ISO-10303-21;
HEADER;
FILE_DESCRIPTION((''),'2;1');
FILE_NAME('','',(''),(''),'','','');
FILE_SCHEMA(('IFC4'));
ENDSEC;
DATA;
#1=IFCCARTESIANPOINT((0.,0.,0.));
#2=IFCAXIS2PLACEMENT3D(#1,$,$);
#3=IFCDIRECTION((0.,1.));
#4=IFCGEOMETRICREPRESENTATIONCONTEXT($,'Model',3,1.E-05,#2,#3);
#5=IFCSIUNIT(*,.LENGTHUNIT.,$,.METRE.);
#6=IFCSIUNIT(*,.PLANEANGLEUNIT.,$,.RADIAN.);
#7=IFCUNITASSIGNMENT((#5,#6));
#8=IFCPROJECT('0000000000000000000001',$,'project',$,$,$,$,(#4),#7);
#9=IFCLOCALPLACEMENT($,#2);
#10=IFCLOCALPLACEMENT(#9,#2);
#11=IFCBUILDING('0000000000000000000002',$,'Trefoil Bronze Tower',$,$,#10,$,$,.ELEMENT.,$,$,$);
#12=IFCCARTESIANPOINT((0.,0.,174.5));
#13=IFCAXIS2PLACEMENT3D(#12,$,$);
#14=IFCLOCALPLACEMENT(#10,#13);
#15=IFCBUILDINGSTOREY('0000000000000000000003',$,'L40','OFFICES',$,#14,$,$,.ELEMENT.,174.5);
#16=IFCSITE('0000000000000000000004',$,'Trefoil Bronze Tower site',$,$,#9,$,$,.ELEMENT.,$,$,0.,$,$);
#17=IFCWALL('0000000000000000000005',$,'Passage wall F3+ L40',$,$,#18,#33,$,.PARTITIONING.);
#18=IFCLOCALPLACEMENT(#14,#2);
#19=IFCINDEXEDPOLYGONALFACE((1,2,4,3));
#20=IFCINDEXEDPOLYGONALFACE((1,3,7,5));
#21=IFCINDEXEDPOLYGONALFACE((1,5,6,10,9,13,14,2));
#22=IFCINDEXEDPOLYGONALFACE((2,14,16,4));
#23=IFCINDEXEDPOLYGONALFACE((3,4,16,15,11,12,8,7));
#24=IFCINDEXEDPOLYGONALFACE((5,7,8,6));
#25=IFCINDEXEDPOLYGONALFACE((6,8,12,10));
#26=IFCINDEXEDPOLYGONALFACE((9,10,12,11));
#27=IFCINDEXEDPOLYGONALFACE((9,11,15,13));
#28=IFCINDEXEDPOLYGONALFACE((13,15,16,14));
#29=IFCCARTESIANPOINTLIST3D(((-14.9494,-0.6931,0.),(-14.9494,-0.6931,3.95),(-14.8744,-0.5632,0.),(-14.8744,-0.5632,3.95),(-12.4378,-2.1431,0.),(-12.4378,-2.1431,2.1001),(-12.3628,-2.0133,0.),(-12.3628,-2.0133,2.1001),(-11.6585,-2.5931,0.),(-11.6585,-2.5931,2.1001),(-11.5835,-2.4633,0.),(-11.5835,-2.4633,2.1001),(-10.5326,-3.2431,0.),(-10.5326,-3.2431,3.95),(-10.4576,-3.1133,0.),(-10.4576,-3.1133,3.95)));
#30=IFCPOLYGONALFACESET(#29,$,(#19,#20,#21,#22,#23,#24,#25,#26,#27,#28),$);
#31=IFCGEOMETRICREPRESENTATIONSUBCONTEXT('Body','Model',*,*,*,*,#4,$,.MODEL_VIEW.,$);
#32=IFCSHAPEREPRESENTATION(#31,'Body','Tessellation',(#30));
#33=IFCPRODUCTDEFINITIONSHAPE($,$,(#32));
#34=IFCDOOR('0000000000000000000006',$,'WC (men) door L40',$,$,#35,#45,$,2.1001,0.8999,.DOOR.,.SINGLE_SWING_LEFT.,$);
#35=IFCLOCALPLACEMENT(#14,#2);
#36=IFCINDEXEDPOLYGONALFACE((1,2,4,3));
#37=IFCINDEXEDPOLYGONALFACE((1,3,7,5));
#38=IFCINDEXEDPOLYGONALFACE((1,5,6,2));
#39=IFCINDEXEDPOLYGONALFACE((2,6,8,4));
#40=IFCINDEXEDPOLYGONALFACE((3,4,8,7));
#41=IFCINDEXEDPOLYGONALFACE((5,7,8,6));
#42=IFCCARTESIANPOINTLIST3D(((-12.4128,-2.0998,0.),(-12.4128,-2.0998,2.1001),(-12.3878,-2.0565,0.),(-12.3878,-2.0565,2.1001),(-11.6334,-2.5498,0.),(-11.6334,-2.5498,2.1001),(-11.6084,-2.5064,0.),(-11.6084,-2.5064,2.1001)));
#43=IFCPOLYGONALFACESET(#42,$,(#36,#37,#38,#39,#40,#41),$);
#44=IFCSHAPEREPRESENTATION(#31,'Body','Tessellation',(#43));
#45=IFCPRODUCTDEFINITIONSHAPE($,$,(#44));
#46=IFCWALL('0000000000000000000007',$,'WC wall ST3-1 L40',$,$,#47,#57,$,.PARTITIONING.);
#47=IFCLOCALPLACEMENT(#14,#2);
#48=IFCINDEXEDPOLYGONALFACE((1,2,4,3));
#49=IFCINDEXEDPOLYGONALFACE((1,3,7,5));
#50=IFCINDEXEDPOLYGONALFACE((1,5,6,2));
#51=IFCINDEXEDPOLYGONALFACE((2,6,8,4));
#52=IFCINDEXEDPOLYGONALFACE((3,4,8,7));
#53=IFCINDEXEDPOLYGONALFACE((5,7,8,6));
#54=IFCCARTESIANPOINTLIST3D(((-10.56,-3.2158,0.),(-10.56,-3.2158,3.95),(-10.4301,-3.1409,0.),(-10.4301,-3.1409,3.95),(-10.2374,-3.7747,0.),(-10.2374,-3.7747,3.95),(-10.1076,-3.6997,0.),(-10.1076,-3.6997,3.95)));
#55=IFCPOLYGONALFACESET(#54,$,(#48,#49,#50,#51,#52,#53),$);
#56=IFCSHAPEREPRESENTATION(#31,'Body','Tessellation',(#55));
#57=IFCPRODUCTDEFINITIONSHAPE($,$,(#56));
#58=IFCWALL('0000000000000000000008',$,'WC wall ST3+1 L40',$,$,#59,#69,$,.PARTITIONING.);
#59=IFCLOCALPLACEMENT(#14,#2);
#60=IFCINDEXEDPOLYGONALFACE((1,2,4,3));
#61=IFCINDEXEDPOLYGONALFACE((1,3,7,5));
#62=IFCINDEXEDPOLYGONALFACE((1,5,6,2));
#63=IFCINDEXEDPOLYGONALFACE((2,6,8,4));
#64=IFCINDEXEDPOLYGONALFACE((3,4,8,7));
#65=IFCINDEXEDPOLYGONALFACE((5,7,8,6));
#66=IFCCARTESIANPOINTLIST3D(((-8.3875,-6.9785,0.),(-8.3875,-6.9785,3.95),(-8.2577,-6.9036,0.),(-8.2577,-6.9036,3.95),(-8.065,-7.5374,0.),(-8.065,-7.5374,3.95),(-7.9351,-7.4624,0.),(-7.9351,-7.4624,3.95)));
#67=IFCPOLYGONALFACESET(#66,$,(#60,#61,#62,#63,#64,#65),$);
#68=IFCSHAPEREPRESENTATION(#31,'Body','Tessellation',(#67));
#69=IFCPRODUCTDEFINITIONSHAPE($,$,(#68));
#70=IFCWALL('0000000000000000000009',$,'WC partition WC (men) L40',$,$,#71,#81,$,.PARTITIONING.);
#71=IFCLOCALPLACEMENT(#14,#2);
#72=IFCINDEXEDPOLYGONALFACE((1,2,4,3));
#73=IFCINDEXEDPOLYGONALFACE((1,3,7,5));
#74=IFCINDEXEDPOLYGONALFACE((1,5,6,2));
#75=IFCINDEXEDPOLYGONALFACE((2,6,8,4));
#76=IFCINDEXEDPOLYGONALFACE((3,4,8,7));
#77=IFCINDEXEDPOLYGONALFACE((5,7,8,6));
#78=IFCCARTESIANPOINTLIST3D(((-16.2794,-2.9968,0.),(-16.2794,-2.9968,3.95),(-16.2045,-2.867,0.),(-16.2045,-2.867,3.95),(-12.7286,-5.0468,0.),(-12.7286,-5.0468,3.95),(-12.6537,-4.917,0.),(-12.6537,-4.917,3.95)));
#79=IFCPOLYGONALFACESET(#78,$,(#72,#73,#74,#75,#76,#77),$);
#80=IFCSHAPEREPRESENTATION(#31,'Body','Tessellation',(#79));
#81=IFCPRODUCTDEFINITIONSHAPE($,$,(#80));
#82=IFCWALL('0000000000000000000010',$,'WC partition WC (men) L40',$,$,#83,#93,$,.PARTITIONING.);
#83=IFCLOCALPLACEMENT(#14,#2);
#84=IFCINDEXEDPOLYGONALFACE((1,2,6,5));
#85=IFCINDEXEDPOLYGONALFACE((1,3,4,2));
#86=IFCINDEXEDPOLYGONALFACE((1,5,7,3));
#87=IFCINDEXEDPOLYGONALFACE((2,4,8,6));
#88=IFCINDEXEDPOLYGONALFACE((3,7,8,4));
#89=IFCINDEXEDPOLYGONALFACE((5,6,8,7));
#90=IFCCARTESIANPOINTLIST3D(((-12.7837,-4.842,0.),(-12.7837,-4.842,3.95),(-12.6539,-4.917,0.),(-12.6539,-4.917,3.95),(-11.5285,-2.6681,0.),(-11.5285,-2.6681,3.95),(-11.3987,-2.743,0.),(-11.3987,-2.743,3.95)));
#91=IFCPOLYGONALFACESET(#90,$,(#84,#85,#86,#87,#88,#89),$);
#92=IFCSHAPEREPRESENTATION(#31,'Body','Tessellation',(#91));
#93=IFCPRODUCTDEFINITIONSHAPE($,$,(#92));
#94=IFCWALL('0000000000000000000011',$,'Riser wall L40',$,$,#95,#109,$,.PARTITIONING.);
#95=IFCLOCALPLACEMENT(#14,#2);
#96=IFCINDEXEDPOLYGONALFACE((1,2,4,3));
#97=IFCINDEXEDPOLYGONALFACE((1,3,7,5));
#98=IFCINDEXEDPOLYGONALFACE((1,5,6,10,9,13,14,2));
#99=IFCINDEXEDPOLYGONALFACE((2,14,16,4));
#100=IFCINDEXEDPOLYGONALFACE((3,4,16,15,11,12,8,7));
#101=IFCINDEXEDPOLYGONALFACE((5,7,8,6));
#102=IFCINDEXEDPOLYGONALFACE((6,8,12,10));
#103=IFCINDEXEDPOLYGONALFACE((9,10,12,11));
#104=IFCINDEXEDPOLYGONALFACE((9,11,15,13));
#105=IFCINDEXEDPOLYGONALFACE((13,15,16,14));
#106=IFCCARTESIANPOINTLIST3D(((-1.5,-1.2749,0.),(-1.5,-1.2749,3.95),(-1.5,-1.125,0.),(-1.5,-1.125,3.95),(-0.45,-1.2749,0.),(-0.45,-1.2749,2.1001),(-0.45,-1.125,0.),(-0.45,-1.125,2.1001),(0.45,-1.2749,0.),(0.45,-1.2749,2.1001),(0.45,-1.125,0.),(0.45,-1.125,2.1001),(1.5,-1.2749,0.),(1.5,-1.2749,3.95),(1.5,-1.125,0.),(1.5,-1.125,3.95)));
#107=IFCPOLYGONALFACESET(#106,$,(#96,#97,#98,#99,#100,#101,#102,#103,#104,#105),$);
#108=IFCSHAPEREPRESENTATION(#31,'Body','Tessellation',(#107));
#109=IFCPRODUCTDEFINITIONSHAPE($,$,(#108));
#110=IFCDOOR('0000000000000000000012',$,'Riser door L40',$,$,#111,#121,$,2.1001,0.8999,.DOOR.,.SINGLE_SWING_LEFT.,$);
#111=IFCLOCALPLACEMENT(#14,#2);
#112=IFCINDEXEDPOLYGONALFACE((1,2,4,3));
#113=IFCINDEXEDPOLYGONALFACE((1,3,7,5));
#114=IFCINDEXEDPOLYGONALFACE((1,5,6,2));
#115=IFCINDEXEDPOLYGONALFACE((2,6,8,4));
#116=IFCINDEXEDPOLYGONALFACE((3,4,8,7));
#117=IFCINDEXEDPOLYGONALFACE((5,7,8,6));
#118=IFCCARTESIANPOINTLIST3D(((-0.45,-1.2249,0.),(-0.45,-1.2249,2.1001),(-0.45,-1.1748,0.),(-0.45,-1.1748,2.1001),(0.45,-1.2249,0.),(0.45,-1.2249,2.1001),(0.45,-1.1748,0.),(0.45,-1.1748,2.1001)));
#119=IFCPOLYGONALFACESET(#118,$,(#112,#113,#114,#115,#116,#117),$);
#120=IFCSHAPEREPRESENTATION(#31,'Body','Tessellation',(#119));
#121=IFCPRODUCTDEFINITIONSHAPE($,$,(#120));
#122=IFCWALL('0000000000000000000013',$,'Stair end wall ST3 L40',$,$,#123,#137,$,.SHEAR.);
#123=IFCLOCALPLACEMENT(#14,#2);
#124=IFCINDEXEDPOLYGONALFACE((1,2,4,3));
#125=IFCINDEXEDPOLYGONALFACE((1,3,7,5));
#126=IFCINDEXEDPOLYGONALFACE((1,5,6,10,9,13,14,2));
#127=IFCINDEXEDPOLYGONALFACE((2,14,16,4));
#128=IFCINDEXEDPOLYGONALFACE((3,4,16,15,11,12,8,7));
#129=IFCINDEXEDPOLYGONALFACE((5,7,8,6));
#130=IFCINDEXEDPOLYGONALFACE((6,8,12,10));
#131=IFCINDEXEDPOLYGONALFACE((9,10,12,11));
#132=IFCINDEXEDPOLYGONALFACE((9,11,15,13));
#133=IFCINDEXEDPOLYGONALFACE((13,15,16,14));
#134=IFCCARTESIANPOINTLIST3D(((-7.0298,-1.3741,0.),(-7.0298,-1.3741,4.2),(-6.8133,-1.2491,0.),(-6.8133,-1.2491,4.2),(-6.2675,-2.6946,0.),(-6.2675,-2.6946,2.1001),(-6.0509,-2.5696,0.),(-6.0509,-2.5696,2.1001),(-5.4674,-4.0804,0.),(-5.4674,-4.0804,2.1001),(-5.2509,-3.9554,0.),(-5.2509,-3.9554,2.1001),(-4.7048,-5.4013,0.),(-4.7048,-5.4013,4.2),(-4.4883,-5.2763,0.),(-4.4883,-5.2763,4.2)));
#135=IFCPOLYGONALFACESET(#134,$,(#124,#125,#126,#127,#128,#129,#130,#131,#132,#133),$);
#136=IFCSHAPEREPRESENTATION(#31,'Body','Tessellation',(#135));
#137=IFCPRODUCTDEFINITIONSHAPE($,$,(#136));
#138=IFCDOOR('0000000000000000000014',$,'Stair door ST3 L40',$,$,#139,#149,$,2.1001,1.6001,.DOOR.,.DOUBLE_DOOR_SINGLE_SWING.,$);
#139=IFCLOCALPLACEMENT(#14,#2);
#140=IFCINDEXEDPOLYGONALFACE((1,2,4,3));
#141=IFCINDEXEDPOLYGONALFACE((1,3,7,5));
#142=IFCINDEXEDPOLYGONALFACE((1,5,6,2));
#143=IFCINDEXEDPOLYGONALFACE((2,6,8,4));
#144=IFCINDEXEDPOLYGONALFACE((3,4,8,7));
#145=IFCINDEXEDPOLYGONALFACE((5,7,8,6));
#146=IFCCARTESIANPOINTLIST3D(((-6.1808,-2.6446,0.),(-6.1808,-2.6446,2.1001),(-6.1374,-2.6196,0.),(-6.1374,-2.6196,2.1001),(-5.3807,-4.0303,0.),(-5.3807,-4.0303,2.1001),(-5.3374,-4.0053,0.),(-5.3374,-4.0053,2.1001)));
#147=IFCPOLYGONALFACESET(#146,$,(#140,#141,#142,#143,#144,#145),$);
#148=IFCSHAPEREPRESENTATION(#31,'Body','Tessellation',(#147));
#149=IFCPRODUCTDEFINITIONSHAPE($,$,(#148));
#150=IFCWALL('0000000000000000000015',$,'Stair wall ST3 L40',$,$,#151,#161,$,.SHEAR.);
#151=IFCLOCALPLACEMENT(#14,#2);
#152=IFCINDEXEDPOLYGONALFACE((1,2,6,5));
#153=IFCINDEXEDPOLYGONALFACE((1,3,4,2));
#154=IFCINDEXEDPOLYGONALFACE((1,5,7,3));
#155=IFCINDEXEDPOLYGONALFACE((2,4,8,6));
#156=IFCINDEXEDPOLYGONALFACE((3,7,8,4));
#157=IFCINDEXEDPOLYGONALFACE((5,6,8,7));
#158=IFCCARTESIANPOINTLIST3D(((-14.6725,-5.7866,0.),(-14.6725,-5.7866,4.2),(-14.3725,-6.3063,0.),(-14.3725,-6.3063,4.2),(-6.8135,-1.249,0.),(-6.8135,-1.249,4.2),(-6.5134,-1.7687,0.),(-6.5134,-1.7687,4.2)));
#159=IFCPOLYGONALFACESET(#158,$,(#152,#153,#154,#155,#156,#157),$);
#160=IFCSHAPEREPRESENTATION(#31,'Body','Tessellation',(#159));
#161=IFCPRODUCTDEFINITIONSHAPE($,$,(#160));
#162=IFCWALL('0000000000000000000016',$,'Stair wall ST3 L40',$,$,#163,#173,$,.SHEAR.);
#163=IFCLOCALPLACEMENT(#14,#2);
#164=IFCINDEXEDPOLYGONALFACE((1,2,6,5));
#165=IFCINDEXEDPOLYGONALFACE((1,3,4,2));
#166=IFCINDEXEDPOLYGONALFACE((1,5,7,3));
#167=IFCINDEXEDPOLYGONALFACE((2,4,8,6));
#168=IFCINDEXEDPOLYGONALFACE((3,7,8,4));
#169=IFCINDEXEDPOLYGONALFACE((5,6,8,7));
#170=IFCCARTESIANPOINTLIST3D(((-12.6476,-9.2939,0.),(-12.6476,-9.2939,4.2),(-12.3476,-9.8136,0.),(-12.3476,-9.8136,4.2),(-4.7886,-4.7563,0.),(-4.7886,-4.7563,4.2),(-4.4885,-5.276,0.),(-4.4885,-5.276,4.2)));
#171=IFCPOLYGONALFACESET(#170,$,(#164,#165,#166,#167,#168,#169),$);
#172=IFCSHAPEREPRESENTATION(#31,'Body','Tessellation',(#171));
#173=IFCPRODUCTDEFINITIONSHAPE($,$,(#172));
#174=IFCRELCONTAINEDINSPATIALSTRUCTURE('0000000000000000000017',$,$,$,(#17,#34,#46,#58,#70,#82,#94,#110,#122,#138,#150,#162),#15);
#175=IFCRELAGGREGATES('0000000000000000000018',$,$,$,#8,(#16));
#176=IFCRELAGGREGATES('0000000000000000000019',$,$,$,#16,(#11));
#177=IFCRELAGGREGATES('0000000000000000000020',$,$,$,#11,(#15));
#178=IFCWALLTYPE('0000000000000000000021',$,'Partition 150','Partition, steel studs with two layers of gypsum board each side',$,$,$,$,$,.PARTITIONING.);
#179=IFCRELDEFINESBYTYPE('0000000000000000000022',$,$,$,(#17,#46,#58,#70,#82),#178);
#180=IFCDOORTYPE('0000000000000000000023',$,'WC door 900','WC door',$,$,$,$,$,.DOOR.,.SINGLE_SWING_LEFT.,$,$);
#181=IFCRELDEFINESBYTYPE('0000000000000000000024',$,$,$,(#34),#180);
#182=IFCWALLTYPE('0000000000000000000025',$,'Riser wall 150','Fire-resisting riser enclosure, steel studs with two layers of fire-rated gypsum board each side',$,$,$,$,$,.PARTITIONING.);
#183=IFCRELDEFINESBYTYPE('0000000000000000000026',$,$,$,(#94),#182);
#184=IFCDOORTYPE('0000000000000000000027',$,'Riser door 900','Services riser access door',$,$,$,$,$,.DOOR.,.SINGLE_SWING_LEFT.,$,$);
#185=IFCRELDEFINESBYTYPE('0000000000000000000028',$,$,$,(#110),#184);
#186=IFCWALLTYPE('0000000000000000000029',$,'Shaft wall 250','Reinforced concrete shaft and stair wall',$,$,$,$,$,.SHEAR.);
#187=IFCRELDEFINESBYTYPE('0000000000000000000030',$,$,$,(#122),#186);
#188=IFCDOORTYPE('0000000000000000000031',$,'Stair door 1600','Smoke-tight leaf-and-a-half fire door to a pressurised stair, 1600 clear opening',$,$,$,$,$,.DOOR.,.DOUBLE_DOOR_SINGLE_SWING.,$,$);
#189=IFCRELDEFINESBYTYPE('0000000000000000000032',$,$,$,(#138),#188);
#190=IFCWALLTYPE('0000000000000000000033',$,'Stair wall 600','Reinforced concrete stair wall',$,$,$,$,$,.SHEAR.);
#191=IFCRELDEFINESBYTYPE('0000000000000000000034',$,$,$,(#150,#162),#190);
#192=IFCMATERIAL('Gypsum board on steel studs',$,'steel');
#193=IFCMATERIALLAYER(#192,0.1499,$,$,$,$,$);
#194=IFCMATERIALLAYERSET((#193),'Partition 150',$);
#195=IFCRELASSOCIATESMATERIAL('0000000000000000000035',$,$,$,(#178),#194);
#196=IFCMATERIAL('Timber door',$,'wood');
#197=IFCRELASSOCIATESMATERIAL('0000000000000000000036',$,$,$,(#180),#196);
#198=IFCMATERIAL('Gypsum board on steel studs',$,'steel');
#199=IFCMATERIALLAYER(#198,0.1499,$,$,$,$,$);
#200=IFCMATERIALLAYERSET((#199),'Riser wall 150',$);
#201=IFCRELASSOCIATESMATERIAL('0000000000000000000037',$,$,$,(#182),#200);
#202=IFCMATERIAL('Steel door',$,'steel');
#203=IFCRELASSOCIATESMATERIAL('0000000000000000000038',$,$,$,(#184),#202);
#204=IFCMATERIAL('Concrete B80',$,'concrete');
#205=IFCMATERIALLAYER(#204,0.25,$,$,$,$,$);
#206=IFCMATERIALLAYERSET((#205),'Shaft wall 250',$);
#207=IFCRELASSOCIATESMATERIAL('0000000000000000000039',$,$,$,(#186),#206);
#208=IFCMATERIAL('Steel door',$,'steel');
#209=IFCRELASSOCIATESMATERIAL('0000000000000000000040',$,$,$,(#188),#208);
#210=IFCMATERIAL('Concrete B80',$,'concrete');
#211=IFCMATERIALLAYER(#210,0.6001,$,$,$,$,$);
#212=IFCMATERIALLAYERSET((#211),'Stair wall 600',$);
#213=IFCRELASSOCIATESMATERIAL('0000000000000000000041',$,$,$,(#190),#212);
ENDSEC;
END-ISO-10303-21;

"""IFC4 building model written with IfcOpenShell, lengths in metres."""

from ifc_helpers import new_model, si_unit, direction, frame, frame_2d, origin, place, context, subcontext, project, spatial, rectangle, extrude, material, layer, layer_set, type_object, element, fill, save


model = new_model("IFC4")

# Units and contexts
model_context = context("Model", 3, precision=1e-05, world=origin(), true_north=direction((0.0, 1.0)))
body_context = subcontext(model_context, "Body", "Model", "MODEL_VIEW")
ifc_project = project(units=[si_unit("LENGTHUNIT", "METRE"), si_unit("PLANEANGLEUNIT", "RADIAN")], contexts=[model_context])

# Site, building, storey
site_placement = place(None, origin())
site = spatial("IfcSite", under=ifc_project, at=site_placement, Name="Trefoil Bronze Tower site", CompositionType="ELEMENT", RefElevation=0.0)
building_placement = place(site_placement, origin())
building = spatial("IfcBuilding", under=site, at=building_placement, Name="Trefoil Bronze Tower", CompositionType="ELEMENT")
storey_placement = place(building_placement, frame((0.0, 0.0, 174.5)))
storey = spatial("IfcBuildingStorey", under=building, at=storey_placement, Name="L40", Description="OFFICES", CompositionType="ELEMENT", Elevation=174.5)

# Wall, opening, door
ifc_material_1 = material(Name="Gypsum board on steel studs", Category="steel")
ifc_layer_1 = layer(ifc_material_1, 0.1499)
ifc_layer_set_1 = layer_set([ifc_layer_1], Name="Partition 150")
wall_type_1 = type_object("IfcWallType", Name="Partition 150", Description="Partition, steel studs with two layers of gypsum board each side", PredefinedType="PARTITIONING", material=ifc_layer_set_1)
wall_1_placement = place(storey_placement, frame((-10.4951, -3.1782, 0.0), z_axis=(0.0, 0.0, 1.0), x_axis=(-0.866022, 0.500006, 0.0)))
wall_1 = element("IfcWall", 1, at=wall_1_placement, inside=storey, type_object=wall_type_1, Name="Passage wall F3+ L40", PredefinedType="PARTITIONING", context=body_context, shape_type="SweptSolid", body=[
    extrude(rectangle(XDim=5.1001, YDim=0.1499, at=frame_2d((2.55, 0.0))), origin(), (0.0, 0.0, 1.0), 3.95),
])
opening_1_placement = place(wall_1_placement, frame((1.3, 0.0, 0.0)))
opening_1 = element("IfcOpeningElement", 2, at=opening_1_placement, cuts=wall_1, PredefinedType="OPENING", context=body_context, shape_type="SweptSolid", body=[
    extrude(rectangle(XDim=0.8999, YDim=2.1001, at=frame_2d((0.45, 1.05))), frame((0.0, 0.085, 0.0), z_axis=(0.0, -1.0, 0.0), x_axis=(1.0, 0.0, 0.0)), (0.0, 0.0, 1.0), 0.1699),
])
ifc_material_2 = material(Name="Timber door", Category="wood")
door_type_1 = type_object("IfcDoorType", Name="WC door 900", Description="WC door", OperationType="SINGLE_SWING_LEFT", PredefinedType="DOOR", material=ifc_material_2)
door_1_placement = place(opening_1_placement, origin())
door_1 = element("IfcDoor", 3, at=door_1_placement, inside=storey, type_object=door_type_1, Name="WC (men) door L40", OperationType="SINGLE_SWING_LEFT", OverallHeight=2.1001, OverallWidth=0.8999, PredefinedType="DOOR", context=body_context, shape_type="SweptSolid", body=[
    extrude(rectangle(XDim=0.8999, YDim=2.1001, at=frame_2d((0.45, 1.05))), frame((0.0, 0.0249, 0.0), z_axis=(0.0, -1.0, 0.0), x_axis=(1.0, 0.0, 0.0)), (0.0, 0.0, 1.0), 0.05),
])
fill(opening_1, door_1)

# Walls
for number, where, z_axis, x_axis, name in (
    (4, (-10.4951, -3.1782, 0.0), (0.0, 0.0, 1.0), (0.499843, -0.866116, 0.0), "WC wall ST3-1 L40"),
    (5, (-8.0, -7.5, 0.0), (0.0, 0.0, 1.0), (-0.499843, 0.866116, 0.0), "WC wall ST3+1 L40"),
):
    element("IfcWall", number, at=place(storey_placement, frame(where, z_axis=z_axis, x_axis=x_axis)), inside=storey, type_object=wall_type_1, Name=name, PredefinedType="PARTITIONING", context=body_context, shape_type="SweptSolid", body=[
        extrude(rectangle(XDim=0.6453, YDim=0.1499, at=frame_2d((0.3228, 0.0))), origin(), (0.0, 0.0, 1.0), 3.95),
    ])
wall_2_placement = place(storey_placement, frame((-12.6912, -4.9819, 0.0), z_axis=(0.0, 0.0, 1.0), x_axis=(-0.866025, 0.500001, 0.0)))
element("IfcWall", 6, at=wall_2_placement, inside=storey, type_object=wall_type_1, Name="WC partition WC (men) L40", PredefinedType="PARTITIONING", context=body_context, shape_type="SweptSolid", body=[
    extrude(rectangle(XDim=4.1001, YDim=0.1499, at=frame_2d((2.05, 0.0))), origin(), (0.0, 0.0, 1.0), 3.95),
])
wall_3_placement = place(storey_placement, frame((-11.4636, -2.7056, 0.0), z_axis=(0.0, 0.0, 1.0), x_axis=(-0.50002, -0.866014, 0.0)))
element("IfcWall", 7, at=wall_3_placement, inside=storey, type_object=wall_type_1, Name="WC partition WC (men) L40", PredefinedType="PARTITIONING", context=body_context, shape_type="SweptSolid", body=[
    extrude(rectangle(XDim=2.5103, YDim=0.1499, at=frame_2d((1.2551, 0.0))), origin(), (0.0, 0.0, 1.0), 3.95),
])

# Walls, openings, doors
ifc_material_3 = material(Name="Gypsum board on steel studs", Category="steel")
ifc_layer_2 = layer(ifc_material_3, 0.1499)
ifc_layer_set_2 = layer_set([ifc_layer_2], Name="Riser wall 150")
wall_type_2 = type_object("IfcWallType", Name="Riser wall 150", Description="Fire-resisting riser enclosure, steel studs with two layers of fire-rated gypsum board each side", PredefinedType="PARTITIONING", material=ifc_layer_set_2)
wall_4_placement = place(storey_placement, frame((-1.5, -1.2, 0.0), z_axis=(0.0, 0.0, 1.0), x_axis=(1.0, 0.0, 0.0)))
wall_4 = element("IfcWall", 8, at=wall_4_placement, inside=storey, type_object=wall_type_2, Name="Riser wall L40", PredefinedType="PARTITIONING", context=body_context, shape_type="SweptSolid", body=[
    extrude(rectangle(XDim=3.0, YDim=0.1499, at=frame_2d((1.5, 0.0))), origin(), (0.0, 0.0, 1.0), 3.95),
])
opening_2_placement = place(wall_4_placement, frame((1.05, 0.0, 0.0)))
opening_2 = element("IfcOpeningElement", 9, at=opening_2_placement, cuts=wall_4, PredefinedType="OPENING", context=body_context, shape_type="SweptSolid", body=[
    extrude(rectangle(XDim=0.8999, YDim=2.1001, at=frame_2d((0.45, 1.05))), frame((0.0, 0.085, 0.0), z_axis=(0.0, -1.0, 0.0), x_axis=(1.0, 0.0, 0.0)), (0.0, 0.0, 1.0), 0.1699),
])
ifc_material_4 = material(Name="Steel door", Category="steel")
door_type_2 = type_object("IfcDoorType", Name="Riser door 900", Description="Services riser access door", OperationType="SINGLE_SWING_LEFT", PredefinedType="DOOR", material=ifc_material_4)
door_2_placement = place(opening_2_placement, frame((0.8999, 0.0, 0.0), z_axis=(0.0, 0.0, 1.0), x_axis=(-1.0, 0.0, 0.0)))
door_2 = element("IfcDoor", 10, at=door_2_placement, inside=storey, type_object=door_type_2, Name="Riser door L40", OperationType="SINGLE_SWING_LEFT", OverallHeight=2.1001, OverallWidth=0.8999, PredefinedType="DOOR", context=body_context, shape_type="SweptSolid", body=[
    extrude(rectangle(XDim=0.8999, YDim=2.1001, at=frame_2d((0.45, 1.05))), frame((0.0, 0.0249, 0.0), z_axis=(0.0, -1.0, 0.0), x_axis=(1.0, 0.0, 0.0)), (0.0, 0.0, 1.0), 0.05),
])
fill(opening_2, door_2)
ifc_material_5 = material(Name="Concrete B80", Category="concrete")
ifc_layer_3 = layer(ifc_material_5, 0.25)
ifc_layer_set_3 = layer_set([ifc_layer_3], Name="Shaft wall 250")
wall_type_3 = type_object("IfcWallType", Name="Shaft wall 250", Description="Reinforced concrete shaft and stair wall", PredefinedType="SHEAR", material=ifc_layer_set_3)
wall_5_placement = place(storey_placement, frame((-6.9216, -1.3115, 0.0), z_axis=(0.0, 0.0, 1.0), x_axis=(0.499985, -0.866034, 0.0)))
wall_5 = element("IfcWall", 11, at=wall_5_placement, inside=storey, type_object=wall_type_3, Name="Stair end wall ST3 L40", PredefinedType="SHEAR", context=body_context, shape_type="SweptSolid", body=[
    extrude(rectangle(XDim=4.6501, YDim=0.25, at=frame_2d((2.3252, 0.0))), origin(), (0.0, 0.0, 1.0), 4.2),
])
opening_3_placement = place(wall_5_placement, frame((1.5249, 0.0, 0.0)))
opening_3 = element("IfcOpeningElement", 12, at=opening_3_placement, cuts=wall_5, PredefinedType="OPENING", context=body_context, shape_type="SweptSolid", body=[
    extrude(rectangle(XDim=1.6001, YDim=2.1001, at=frame_2d((0.8, 1.05))), frame((0.0, 0.135, 0.0), z_axis=(0.0, -1.0, 0.0), x_axis=(1.0, 0.0, 0.0)), (0.0, 0.0, 1.0), 0.27),
])
ifc_material_6 = material(Name="Steel door", Category="steel")
door_type_3 = type_object("IfcDoorType", Name="Stair door 1600", Description="Smoke-tight leaf-and-a-half fire door to a pressurised stair, 1600 clear opening", OperationType="DOUBLE_DOOR_SINGLE_SWING", PredefinedType="DOOR", material=ifc_material_6)
door_3_placement = place(opening_3_placement, frame((1.6001, 0.0, 0.0), z_axis=(0.0, 0.0, 1.0), x_axis=(-1.0, 0.0, 0.0)))
door_3 = element("IfcDoor", 13, at=door_3_placement, inside=storey, type_object=door_type_3, Name="Stair door ST3 L40", OperationType="DOUBLE_DOOR_SINGLE_SWING", OverallHeight=2.1001, OverallWidth=1.6001, PredefinedType="DOOR", context=body_context, shape_type="SweptSolid", body=[
    extrude(rectangle(XDim=1.6001, YDim=2.1001, at=frame_2d((0.8, 1.05))), frame((0.0, 0.0249, 0.0), z_axis=(0.0, -1.0, 0.0), x_axis=(1.0, 0.0, 0.0)), (0.0, 0.0, 1.0), 0.05),
])
fill(opening_3, door_3)

# Walls
ifc_material_7 = material(Name="Concrete B80", Category="concrete")
ifc_layer_4 = layer(ifc_material_7, 0.6001)
ifc_layer_set_4 = layer_set([ifc_layer_4], Name="Stair wall 600")
wall_type_4 = type_object("IfcWallType", Name="Stair wall 600", Description="Reinforced concrete stair wall", PredefinedType="SHEAR", material=ifc_layer_set_4)
for number, where, z_axis, x_axis, name in (
    (14, (-6.6633, -1.5088, 0.0), (0.0, 0.0, 1.0), (-0.866019, -0.50001, 0.0), "Stair wall ST3 L40"),
    (15, (-4.6384, -5.0161, 0.0), (0.0, 0.0, 1.0), (-0.866019, -0.50001, 0.0), "Stair wall ST3 L40"),
):
    element("IfcWall", number, at=place(storey_placement, frame(where, z_axis=z_axis, x_axis=x_axis)), inside=storey, type_object=wall_type_4, Name=name, PredefinedType="SHEAR", context=body_context, shape_type="SweptSolid", body=[
        extrude(rectangle(XDim=9.075, YDim=0.6001, at=frame_2d((4.5376, 0.0))), origin(), (0.0, 0.0, 1.0), 4.2),
    ])

save(model, "model.ifc")
